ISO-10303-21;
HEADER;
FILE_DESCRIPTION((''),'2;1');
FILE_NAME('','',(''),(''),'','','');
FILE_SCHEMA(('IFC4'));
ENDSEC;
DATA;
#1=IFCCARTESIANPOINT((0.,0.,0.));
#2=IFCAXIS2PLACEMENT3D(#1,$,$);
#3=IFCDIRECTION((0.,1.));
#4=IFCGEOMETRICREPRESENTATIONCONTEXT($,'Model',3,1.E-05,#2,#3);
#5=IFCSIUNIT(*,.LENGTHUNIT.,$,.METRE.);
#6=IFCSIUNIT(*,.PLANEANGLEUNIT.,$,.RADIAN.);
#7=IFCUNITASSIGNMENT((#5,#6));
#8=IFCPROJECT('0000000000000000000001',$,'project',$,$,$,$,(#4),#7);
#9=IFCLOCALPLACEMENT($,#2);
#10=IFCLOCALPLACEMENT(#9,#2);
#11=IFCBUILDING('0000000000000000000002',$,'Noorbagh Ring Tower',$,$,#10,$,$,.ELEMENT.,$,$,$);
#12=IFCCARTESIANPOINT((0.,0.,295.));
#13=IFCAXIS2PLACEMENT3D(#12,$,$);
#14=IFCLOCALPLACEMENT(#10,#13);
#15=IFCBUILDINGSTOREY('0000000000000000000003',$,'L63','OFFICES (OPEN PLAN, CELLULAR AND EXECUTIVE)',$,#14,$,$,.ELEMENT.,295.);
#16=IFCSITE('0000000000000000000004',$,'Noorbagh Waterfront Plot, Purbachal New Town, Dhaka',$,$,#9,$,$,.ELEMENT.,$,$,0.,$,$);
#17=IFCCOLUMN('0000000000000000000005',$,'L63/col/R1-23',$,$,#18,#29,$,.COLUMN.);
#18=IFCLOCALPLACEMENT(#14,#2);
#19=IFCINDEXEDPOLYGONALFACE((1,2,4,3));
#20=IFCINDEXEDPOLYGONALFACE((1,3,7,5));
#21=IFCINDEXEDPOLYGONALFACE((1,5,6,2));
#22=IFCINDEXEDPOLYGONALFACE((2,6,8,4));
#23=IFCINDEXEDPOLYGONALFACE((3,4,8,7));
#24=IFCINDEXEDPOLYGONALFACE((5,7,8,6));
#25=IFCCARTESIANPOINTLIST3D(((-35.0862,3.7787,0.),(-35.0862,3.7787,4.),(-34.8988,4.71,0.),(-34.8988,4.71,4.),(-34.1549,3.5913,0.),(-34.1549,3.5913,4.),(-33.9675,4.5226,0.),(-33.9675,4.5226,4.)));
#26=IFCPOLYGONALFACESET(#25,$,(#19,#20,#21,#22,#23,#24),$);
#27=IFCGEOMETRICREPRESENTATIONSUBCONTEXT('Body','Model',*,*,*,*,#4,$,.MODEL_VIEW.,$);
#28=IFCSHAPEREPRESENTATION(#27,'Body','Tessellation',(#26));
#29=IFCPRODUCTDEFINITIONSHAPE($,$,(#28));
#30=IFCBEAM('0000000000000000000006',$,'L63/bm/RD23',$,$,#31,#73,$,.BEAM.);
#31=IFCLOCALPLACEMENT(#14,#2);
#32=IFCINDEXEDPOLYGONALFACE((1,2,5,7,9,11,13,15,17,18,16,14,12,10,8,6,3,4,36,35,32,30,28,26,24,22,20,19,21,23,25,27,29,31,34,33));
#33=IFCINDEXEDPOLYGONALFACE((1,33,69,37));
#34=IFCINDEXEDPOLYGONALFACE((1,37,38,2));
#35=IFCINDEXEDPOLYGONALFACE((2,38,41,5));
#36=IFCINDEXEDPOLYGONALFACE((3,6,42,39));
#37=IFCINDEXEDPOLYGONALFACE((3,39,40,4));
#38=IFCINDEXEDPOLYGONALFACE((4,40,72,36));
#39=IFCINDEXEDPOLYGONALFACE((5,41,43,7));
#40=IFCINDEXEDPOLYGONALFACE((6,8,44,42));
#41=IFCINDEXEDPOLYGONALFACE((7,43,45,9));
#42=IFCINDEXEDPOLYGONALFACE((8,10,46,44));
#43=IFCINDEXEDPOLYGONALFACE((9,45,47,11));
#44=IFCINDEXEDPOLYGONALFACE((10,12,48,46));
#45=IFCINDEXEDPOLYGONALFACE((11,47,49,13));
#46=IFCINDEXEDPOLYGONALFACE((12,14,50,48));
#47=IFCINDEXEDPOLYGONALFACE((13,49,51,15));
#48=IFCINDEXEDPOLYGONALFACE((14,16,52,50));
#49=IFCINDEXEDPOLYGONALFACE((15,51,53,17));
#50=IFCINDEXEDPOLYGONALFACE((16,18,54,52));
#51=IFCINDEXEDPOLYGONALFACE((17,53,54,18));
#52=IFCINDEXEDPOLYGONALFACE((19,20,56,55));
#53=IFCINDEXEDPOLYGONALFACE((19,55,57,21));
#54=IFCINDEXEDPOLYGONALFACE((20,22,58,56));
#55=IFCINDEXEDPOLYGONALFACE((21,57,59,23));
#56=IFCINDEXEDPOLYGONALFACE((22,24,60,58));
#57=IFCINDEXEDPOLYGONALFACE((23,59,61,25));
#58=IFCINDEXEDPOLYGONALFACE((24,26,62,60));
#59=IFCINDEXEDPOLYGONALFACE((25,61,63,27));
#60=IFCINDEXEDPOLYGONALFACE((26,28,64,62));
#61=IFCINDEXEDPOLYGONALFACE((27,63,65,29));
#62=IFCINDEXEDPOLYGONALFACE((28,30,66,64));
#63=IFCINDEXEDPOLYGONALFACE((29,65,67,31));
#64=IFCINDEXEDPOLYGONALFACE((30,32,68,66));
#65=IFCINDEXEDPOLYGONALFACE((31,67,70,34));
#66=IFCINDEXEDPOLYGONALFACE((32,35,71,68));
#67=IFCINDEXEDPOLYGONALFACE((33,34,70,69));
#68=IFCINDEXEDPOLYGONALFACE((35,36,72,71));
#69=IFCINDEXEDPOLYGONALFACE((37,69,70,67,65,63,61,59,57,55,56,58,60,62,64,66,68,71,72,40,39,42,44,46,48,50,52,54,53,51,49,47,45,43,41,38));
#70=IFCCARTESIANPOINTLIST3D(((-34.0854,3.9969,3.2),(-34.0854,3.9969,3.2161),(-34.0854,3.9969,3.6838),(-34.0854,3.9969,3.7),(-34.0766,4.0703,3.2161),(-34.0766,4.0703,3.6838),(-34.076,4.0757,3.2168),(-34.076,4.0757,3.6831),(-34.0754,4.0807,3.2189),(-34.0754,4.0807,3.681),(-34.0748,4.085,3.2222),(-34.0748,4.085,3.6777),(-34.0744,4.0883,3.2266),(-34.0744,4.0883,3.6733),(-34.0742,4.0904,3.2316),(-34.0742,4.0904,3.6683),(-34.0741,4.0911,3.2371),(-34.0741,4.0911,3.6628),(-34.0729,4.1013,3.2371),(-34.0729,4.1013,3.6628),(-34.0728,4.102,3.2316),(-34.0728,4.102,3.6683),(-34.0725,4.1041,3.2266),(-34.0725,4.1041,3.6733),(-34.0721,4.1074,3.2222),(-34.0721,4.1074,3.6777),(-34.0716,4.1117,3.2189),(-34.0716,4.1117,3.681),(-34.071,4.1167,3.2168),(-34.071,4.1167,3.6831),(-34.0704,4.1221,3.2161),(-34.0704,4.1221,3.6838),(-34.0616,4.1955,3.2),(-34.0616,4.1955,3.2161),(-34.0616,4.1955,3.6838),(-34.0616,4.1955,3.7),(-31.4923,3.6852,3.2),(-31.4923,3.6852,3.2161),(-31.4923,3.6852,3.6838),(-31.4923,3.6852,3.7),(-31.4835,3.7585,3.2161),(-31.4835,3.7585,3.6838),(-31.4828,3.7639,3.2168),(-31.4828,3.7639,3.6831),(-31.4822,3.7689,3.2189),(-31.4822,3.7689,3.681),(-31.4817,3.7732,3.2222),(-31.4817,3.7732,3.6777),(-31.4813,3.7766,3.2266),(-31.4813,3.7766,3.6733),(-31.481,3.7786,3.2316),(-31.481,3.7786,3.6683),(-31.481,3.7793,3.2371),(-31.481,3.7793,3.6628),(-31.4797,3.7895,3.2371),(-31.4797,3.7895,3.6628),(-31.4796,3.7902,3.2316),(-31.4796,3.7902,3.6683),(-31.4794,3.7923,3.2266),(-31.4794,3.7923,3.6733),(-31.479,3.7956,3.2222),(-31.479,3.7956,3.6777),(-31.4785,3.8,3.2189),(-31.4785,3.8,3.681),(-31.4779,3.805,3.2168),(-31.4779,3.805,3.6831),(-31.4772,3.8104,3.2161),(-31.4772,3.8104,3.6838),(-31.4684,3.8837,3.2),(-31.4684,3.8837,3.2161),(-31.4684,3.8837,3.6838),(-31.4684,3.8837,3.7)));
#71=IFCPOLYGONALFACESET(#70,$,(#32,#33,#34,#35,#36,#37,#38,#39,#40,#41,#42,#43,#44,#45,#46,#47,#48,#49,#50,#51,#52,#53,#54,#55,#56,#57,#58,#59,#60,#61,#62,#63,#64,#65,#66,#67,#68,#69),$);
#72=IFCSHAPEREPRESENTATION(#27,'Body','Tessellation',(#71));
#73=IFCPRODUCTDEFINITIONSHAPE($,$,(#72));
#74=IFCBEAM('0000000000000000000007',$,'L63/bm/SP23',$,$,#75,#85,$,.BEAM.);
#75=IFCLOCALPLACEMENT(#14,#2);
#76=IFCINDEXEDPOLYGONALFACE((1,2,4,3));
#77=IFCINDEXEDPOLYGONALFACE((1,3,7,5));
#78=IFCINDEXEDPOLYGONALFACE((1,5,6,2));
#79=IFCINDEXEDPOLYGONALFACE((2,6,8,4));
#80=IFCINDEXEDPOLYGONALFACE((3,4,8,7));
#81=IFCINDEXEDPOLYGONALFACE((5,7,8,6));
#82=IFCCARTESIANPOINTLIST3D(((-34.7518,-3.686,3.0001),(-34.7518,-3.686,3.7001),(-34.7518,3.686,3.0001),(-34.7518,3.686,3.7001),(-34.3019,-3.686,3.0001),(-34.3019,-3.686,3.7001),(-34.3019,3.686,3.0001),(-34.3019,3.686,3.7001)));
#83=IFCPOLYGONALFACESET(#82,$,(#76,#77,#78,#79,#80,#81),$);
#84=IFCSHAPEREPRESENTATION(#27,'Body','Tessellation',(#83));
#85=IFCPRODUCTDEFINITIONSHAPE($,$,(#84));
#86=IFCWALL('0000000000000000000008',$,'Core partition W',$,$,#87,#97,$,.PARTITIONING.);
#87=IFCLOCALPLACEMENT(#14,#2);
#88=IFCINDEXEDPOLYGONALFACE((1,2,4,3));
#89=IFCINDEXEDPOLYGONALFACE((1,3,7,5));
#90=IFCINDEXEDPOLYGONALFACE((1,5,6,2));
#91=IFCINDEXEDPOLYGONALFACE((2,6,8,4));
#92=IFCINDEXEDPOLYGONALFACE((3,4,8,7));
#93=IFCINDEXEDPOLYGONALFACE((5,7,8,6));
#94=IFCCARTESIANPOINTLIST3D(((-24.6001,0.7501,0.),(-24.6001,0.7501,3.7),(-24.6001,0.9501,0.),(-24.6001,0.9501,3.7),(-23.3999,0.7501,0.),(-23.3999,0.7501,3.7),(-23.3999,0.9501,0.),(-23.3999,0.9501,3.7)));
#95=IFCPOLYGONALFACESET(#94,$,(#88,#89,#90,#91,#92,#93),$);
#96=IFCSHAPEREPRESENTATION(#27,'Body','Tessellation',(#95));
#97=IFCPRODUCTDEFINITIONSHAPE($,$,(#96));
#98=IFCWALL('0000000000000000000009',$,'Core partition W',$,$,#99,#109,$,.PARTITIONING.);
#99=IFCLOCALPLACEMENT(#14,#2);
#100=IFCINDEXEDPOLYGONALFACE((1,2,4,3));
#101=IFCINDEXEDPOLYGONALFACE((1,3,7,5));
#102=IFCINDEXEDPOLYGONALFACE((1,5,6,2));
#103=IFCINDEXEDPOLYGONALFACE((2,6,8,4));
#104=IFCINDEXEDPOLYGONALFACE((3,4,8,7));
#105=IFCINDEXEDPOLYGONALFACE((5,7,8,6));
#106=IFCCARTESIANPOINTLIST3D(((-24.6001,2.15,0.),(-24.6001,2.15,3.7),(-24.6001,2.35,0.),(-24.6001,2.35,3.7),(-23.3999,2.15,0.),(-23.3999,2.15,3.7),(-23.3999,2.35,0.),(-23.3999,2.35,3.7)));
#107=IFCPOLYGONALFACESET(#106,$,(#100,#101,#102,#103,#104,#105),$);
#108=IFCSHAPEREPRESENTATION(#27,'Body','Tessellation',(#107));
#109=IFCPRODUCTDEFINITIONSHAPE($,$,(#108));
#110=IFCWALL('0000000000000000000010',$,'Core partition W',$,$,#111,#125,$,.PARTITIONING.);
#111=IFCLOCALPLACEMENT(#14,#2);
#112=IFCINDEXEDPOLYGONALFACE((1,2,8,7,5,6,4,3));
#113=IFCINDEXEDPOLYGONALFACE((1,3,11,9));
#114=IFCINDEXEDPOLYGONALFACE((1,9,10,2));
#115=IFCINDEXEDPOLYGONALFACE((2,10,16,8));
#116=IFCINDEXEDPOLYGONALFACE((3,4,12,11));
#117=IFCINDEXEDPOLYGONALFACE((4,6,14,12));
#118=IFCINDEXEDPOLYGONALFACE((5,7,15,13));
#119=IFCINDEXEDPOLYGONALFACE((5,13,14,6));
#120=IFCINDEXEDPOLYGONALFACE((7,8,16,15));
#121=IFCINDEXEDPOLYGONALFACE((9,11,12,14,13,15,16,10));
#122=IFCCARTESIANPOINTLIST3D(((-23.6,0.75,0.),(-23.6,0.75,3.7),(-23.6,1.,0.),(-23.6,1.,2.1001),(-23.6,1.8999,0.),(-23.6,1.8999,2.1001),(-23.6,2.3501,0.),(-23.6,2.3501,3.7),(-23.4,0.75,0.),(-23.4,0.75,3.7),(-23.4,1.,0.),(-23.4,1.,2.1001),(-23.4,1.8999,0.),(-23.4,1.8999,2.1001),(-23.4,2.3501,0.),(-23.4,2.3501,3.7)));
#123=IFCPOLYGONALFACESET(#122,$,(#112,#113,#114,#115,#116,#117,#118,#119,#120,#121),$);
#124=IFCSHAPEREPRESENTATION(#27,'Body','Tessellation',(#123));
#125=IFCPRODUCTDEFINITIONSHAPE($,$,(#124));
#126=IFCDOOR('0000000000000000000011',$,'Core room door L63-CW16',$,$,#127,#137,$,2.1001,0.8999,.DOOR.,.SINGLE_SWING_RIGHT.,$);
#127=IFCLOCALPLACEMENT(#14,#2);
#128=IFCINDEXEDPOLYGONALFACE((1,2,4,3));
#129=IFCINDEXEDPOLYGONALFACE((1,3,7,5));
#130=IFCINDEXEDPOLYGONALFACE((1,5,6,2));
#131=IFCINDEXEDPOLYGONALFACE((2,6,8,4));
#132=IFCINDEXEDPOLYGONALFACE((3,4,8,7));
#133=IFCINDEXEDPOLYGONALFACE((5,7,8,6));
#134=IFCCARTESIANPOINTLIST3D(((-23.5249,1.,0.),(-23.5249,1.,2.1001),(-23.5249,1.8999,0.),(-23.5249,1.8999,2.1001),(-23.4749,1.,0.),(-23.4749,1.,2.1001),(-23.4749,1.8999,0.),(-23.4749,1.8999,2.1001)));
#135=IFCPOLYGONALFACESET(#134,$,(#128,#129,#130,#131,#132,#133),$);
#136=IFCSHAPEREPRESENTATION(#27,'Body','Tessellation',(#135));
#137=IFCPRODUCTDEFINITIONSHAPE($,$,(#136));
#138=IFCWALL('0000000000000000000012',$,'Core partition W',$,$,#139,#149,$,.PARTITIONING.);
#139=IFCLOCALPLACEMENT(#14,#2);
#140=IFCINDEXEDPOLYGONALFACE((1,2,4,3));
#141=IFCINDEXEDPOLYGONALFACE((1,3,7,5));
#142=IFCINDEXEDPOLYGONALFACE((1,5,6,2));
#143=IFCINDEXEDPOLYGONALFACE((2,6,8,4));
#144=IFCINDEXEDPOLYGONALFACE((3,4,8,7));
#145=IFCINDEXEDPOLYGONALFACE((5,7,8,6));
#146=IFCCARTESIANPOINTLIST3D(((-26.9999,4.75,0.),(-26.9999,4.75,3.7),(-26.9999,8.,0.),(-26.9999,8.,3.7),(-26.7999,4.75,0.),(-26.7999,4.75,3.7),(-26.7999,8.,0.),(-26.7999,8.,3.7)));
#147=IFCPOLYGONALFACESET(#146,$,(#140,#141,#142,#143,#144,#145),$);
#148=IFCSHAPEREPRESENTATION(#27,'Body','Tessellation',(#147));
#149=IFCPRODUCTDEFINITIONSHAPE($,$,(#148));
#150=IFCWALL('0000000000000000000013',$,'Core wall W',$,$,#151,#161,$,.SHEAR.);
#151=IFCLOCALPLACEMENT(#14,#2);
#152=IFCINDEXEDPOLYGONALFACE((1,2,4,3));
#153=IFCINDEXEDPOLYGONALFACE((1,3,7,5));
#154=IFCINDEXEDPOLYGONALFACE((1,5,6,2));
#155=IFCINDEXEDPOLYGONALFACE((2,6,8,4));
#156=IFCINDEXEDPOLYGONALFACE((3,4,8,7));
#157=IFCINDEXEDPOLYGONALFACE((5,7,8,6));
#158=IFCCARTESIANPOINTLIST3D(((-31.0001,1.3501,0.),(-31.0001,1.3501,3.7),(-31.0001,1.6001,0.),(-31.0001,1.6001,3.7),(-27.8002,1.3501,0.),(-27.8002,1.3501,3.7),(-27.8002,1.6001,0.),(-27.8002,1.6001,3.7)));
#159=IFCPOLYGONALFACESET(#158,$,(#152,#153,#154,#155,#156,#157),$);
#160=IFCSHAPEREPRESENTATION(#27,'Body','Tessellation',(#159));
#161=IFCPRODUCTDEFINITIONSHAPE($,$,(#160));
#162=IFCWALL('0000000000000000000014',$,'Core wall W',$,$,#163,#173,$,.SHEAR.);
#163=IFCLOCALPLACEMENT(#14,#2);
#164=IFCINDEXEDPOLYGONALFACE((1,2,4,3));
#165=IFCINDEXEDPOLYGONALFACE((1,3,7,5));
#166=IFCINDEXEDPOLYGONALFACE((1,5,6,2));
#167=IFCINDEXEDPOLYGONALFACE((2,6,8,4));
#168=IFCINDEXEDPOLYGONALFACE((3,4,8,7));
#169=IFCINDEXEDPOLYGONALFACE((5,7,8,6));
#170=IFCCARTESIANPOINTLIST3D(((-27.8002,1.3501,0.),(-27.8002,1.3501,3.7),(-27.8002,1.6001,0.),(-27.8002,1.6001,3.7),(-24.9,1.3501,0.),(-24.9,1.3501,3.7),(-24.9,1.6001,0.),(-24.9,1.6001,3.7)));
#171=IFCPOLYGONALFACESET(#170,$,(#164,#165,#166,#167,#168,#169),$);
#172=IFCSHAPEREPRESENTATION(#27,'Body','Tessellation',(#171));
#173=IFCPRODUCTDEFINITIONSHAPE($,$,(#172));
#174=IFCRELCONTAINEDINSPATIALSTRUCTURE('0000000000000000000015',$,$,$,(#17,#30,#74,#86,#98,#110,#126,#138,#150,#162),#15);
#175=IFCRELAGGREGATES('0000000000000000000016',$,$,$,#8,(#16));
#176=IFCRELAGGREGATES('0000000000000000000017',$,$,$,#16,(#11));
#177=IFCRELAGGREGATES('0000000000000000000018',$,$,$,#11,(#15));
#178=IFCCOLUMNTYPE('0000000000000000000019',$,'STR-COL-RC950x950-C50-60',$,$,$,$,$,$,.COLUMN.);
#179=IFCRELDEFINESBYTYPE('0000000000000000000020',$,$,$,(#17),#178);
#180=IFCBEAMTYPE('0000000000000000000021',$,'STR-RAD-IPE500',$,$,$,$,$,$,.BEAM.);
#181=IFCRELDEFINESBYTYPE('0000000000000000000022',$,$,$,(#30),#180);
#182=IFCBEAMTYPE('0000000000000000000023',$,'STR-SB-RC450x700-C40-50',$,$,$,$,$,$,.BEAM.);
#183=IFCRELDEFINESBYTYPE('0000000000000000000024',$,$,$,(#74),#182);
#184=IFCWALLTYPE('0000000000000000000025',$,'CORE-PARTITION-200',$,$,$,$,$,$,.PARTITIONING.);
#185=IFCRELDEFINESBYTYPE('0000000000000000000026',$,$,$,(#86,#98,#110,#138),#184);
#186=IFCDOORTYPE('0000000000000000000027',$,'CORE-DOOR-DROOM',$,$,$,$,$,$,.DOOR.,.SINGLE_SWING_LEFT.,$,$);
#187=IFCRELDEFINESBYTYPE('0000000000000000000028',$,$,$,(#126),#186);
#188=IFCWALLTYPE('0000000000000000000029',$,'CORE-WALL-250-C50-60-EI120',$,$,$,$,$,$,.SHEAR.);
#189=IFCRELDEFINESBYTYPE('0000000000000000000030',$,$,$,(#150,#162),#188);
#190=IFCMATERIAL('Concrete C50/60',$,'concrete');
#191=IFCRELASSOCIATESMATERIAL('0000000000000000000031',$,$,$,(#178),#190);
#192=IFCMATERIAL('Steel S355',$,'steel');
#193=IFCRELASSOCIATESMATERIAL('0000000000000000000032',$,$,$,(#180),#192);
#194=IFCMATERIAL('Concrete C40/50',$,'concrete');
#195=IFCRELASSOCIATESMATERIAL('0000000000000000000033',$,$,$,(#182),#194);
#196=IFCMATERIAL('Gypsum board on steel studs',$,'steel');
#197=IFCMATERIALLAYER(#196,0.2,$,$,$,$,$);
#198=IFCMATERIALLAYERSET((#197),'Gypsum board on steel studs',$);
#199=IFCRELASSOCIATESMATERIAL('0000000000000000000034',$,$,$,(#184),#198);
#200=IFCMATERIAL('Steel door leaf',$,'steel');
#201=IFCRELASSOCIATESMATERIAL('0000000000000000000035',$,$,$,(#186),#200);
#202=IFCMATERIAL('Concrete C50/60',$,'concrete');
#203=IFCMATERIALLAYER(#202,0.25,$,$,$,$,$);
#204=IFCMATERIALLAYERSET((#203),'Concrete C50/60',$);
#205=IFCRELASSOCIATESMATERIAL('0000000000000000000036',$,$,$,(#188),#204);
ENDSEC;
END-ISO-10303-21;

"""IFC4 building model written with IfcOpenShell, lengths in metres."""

from ifc_helpers import new_model, si_unit, direction, frame, frame_2d, origin, origin_2d, place, context, subcontext, project, spatial, rectangle, i_section, extrude, material, layer, layer_set, material_profile, profile_set, type_object, element, fill, save


model = new_model("IFC4")

# Units and contexts
model_context = context("Model", 3, precision=1e-05, world=origin(), true_north=direction((0.0, 1.0)))
body_context = subcontext(model_context, "Body", "Model", "MODEL_VIEW")
ifc_project = project(units=[si_unit("LENGTHUNIT", "METRE"), si_unit("PLANEANGLEUNIT", "RADIAN")], contexts=[model_context])

# Site, building, storey
site_placement = place(None, origin())
site = spatial("IfcSite", under=ifc_project, at=site_placement, Name="Noorbagh Waterfront Plot, Purbachal New Town, Dhaka", CompositionType="ELEMENT", RefElevation=0.0)
building_placement = place(site_placement, origin())
building = spatial("IfcBuilding", under=site, at=building_placement, Name="Noorbagh Ring Tower", CompositionType="ELEMENT")
storey_placement = place(building_placement, frame((0.0, 0.0, 295.0)))
storey = spatial("IfcBuildingStorey", under=building, at=storey_placement, Name="L63", Description="OFFICES (OPEN PLAN, CELLULAR AND EXECUTIVE)", CompositionType="ELEMENT", Elevation=295.0)

# Column
ifc_material_1 = material(Name="Concrete C50/60", Category="concrete")
ifc_material_profile_1 = material_profile(ifc_material_1, rectangle(XDim=0.95, YDim=0.95, at=origin_2d()), Name="RC950x950")
ifc_profile_set_1 = profile_set([ifc_material_profile_1], Name="Concrete C50/60")
column_type = type_object("IfcColumnType", Name="STR-COL-RC950x950-C50-60", PredefinedType="COLUMN", material=ifc_profile_set_1)
column_placement = place(storey_placement, frame((-34.5269, 4.1506, 0.0), z_axis=(0.0, 0.0, 1.0), x_axis=(-0.19723, -0.980357, 0.0)))
element("IfcColumn", 1, at=column_placement, inside=storey, type_object=column_type, Name="L63/col/R1-23", PredefinedType="COLUMN", context=body_context, shape_type="SweptSolid", body=[
    extrude(rectangle(XDim=0.95, YDim=0.95, at=origin_2d()), origin(), (0.0, 0.0, 1.0), 4.0),
])

# Beams
ifc_material_2 = material(Name="Steel S355", Category="steel")
ifc_material_profile_2 = material_profile(ifc_material_2, i_section(OverallWidth=0.2, OverallDepth=0.5, WebThickness=0.0103, FlangeThickness=0.0161, FilletRadius=0.021, at=origin_2d()), Name="IPE500")
ifc_profile_set_2 = profile_set([ifc_material_profile_2], Name="Steel S355")
beam_type_1 = type_object("IfcBeamType", Name="STR-RAD-IPE500", PredefinedType="BEAM", material=ifc_profile_set_2)
beam_1_placement = place(storey_placement, frame((-34.0735, 4.0962, 3.45), z_axis=(0.992851, -0.119363, 0.0), x_axis=(0.119363, 0.992851, 0.0)))
element("IfcBeam", 2, at=beam_1_placement, inside=storey, type_object=beam_type_1, Name="L63/bm/RD23", PredefinedType="BEAM", context=body_context, shape_type="SweptSolid", body=[
    extrude(i_section(OverallWidth=0.2, OverallDepth=0.5, WebThickness=0.0103, FlangeThickness=0.0161, FilletRadius=0.021, at=origin_2d()), origin(), (0.0, 0.0, 1.0), 2.6118),
])
ifc_material_3 = material(Name="Concrete C40/50", Category="concrete")
ifc_material_profile_3 = material_profile(ifc_material_3, rectangle(XDim=0.45, YDim=0.7, at=origin_2d()), Name="RC450x700")
ifc_profile_set_3 = profile_set([ifc_material_profile_3], Name="Concrete C40/50")
beam_type_2 = type_object("IfcBeamType", Name="STR-SB-RC450x700-C40-50", PredefinedType="BEAM", material=ifc_profile_set_3)
beam_2_placement = place(storey_placement, frame((-34.5269, 3.686, 3.3501), z_axis=(0.0, -1.0, 0.0), x_axis=(1.0, 0.0, 0.0)))
element("IfcBeam", 3, at=beam_2_placement, inside=storey, type_object=beam_type_2, Name="L63/bm/SP23", PredefinedType="BEAM", context=body_context, shape_type="SweptSolid", body=[
    extrude(rectangle(XDim=0.45, YDim=0.7, at=origin_2d()), origin(), (0.0, 0.0, 1.0), 7.3721),
])

# Walls
ifc_material_4 = material(Name="Gypsum board on steel studs", Category="steel")
ifc_layer_1 = layer(ifc_material_4, 0.2)
ifc_layer_set_1 = layer_set([ifc_layer_1], Name="Gypsum board on steel studs")
wall_type_1 = type_object("IfcWallType", Name="CORE-PARTITION-200", PredefinedType="PARTITIONING", material=ifc_layer_set_1)
for number, where, z_axis, x_axis, name in (
    (4, (-23.3999, 0.8501, 0.0), (0.0, 0.0, 1.0), (-1.0, 0.0, 0.0), "Core partition W"),
    (5, (-23.3999, 2.25, 0.0), (0.0, 0.0, 1.0), (-1.0, 0.0, 0.0), "Core partition W"),
):
    element("IfcWall", number, at=place(storey_placement, frame(where, z_axis=z_axis, x_axis=x_axis)), inside=storey, type_object=wall_type_1, Name=name, PredefinedType="PARTITIONING", context=body_context, shape_type="SweptSolid", body=[
        extrude(rectangle(XDim=1.2002, YDim=0.2, at=frame_2d((0.6001, 0.0))), origin(), (0.0, 0.0, 1.0), 3.7),
    ])

# Wall, opening, door
wall_1_placement = place(storey_placement, frame((-23.5, 0.75, 0.0), z_axis=(0.0, 0.0, 1.0), x_axis=(0.0, 1.0, 0.0)))
wall_1 = element("IfcWall", 6, at=wall_1_placement, inside=storey, type_object=wall_type_1, Name="Core partition W", PredefinedType="PARTITIONING", context=body_context, shape_type="SweptSolid", body=[
    extrude(rectangle(XDim=1.6001, YDim=0.2, at=frame_2d((0.8, 0.0))), origin(), (0.0, 0.0, 1.0), 3.7),
])
opening_1_placement = place(wall_1_placement, frame((0.25, 0.0, 0.0)))
opening_1 = element("IfcOpeningElement", 7, at=opening_1_placement, cuts=wall_1, PredefinedType="OPENING", context=body_context, shape_type="SweptSolid", body=[
    extrude(rectangle(XDim=0.8999, YDim=2.1001, at=frame_2d((0.45, 1.05))), frame((0.0, 0.1099, 0.0), z_axis=(0.0, -1.0, 0.0), x_axis=(1.0, 0.0, 0.0)), (0.0, 0.0, 1.0), 0.22),
])
ifc_material_5 = material(Name="Steel door leaf", Category="steel")
door_type_1 = type_object("IfcDoorType", Name="CORE-DOOR-DROOM", OperationType="SINGLE_SWING_LEFT", PredefinedType="DOOR", material=ifc_material_5)
door_1_placement = place(opening_1_placement, origin())
door_1 = element("IfcDoor", 8, at=door_1_placement, inside=storey, type_object=door_type_1, Name="Core room door L63-CW16", OperationType="SINGLE_SWING_RIGHT", OverallHeight=2.1001, OverallWidth=0.8999, PredefinedType="DOOR", context=body_context, shape_type="SweptSolid", body=[
    extrude(rectangle(XDim=0.8999, YDim=2.1001, at=frame_2d((0.45, 1.05))), frame((0.0, 0.0249, 0.0), z_axis=(0.0, -1.0, 0.0), x_axis=(1.0, 0.0, 0.0)), (0.0, 0.0, 1.0), 0.05),
])
fill(opening_1, door_1)

# Walls
wall_2_placement = place(storey_placement, frame((-26.8999, 4.75, 0.0), z_axis=(0.0, 0.0, 1.0), x_axis=(0.0, 1.0, 0.0)))
element("IfcWall", 9, at=wall_2_placement, inside=storey, type_object=wall_type_1, Name="Core partition W", PredefinedType="PARTITIONING", context=body_context, shape_type="SweptSolid", body=[
    extrude(rectangle(XDim=3.25, YDim=0.2, at=frame_2d((1.625, 0.0))), origin(), (0.0, 0.0, 1.0), 3.7),
])
ifc_material_6 = material(Name="Concrete C50/60", Category="concrete")
ifc_layer_2 = layer(ifc_material_6, 0.25)
ifc_layer_set_2 = layer_set([ifc_layer_2], Name="Concrete C50/60")
wall_type_2 = type_object("IfcWallType", Name="CORE-WALL-250-C50-60-EI120", PredefinedType="SHEAR", material=ifc_layer_set_2)
wall_3_placement = place(storey_placement, frame((-27.8, 1.4751, 0.0), z_axis=(0.0, 0.0, 1.0), x_axis=(-1.0, 0.0, 0.0)))
element("IfcWall", 10, at=wall_3_placement, inside=storey, type_object=wall_type_2, Name="Core wall W", PredefinedType="SHEAR", context=body_context, shape_type="SweptSolid", body=[
    extrude(rectangle(XDim=3.2, YDim=0.25, at=frame_2d((1.6001, 0.0))), origin(), (0.0, 0.0, 1.0), 3.7),
])
wall_4_placement = place(storey_placement, frame((-24.8999, 1.4751, 0.0), z_axis=(0.0, 0.0, 1.0), x_axis=(-1.0, 0.0, 0.0)))
element("IfcWall", 11, at=wall_4_placement, inside=storey, type_object=wall_type_2, Name="Core wall W", PredefinedType="SHEAR", context=body_context, shape_type="SweptSolid", body=[
    extrude(rectangle(XDim=2.9001, YDim=0.25, at=frame_2d((1.4502, 0.0))), origin(), (0.0, 0.0, 1.0), 3.7),
])

save(model, "model.ifc")
